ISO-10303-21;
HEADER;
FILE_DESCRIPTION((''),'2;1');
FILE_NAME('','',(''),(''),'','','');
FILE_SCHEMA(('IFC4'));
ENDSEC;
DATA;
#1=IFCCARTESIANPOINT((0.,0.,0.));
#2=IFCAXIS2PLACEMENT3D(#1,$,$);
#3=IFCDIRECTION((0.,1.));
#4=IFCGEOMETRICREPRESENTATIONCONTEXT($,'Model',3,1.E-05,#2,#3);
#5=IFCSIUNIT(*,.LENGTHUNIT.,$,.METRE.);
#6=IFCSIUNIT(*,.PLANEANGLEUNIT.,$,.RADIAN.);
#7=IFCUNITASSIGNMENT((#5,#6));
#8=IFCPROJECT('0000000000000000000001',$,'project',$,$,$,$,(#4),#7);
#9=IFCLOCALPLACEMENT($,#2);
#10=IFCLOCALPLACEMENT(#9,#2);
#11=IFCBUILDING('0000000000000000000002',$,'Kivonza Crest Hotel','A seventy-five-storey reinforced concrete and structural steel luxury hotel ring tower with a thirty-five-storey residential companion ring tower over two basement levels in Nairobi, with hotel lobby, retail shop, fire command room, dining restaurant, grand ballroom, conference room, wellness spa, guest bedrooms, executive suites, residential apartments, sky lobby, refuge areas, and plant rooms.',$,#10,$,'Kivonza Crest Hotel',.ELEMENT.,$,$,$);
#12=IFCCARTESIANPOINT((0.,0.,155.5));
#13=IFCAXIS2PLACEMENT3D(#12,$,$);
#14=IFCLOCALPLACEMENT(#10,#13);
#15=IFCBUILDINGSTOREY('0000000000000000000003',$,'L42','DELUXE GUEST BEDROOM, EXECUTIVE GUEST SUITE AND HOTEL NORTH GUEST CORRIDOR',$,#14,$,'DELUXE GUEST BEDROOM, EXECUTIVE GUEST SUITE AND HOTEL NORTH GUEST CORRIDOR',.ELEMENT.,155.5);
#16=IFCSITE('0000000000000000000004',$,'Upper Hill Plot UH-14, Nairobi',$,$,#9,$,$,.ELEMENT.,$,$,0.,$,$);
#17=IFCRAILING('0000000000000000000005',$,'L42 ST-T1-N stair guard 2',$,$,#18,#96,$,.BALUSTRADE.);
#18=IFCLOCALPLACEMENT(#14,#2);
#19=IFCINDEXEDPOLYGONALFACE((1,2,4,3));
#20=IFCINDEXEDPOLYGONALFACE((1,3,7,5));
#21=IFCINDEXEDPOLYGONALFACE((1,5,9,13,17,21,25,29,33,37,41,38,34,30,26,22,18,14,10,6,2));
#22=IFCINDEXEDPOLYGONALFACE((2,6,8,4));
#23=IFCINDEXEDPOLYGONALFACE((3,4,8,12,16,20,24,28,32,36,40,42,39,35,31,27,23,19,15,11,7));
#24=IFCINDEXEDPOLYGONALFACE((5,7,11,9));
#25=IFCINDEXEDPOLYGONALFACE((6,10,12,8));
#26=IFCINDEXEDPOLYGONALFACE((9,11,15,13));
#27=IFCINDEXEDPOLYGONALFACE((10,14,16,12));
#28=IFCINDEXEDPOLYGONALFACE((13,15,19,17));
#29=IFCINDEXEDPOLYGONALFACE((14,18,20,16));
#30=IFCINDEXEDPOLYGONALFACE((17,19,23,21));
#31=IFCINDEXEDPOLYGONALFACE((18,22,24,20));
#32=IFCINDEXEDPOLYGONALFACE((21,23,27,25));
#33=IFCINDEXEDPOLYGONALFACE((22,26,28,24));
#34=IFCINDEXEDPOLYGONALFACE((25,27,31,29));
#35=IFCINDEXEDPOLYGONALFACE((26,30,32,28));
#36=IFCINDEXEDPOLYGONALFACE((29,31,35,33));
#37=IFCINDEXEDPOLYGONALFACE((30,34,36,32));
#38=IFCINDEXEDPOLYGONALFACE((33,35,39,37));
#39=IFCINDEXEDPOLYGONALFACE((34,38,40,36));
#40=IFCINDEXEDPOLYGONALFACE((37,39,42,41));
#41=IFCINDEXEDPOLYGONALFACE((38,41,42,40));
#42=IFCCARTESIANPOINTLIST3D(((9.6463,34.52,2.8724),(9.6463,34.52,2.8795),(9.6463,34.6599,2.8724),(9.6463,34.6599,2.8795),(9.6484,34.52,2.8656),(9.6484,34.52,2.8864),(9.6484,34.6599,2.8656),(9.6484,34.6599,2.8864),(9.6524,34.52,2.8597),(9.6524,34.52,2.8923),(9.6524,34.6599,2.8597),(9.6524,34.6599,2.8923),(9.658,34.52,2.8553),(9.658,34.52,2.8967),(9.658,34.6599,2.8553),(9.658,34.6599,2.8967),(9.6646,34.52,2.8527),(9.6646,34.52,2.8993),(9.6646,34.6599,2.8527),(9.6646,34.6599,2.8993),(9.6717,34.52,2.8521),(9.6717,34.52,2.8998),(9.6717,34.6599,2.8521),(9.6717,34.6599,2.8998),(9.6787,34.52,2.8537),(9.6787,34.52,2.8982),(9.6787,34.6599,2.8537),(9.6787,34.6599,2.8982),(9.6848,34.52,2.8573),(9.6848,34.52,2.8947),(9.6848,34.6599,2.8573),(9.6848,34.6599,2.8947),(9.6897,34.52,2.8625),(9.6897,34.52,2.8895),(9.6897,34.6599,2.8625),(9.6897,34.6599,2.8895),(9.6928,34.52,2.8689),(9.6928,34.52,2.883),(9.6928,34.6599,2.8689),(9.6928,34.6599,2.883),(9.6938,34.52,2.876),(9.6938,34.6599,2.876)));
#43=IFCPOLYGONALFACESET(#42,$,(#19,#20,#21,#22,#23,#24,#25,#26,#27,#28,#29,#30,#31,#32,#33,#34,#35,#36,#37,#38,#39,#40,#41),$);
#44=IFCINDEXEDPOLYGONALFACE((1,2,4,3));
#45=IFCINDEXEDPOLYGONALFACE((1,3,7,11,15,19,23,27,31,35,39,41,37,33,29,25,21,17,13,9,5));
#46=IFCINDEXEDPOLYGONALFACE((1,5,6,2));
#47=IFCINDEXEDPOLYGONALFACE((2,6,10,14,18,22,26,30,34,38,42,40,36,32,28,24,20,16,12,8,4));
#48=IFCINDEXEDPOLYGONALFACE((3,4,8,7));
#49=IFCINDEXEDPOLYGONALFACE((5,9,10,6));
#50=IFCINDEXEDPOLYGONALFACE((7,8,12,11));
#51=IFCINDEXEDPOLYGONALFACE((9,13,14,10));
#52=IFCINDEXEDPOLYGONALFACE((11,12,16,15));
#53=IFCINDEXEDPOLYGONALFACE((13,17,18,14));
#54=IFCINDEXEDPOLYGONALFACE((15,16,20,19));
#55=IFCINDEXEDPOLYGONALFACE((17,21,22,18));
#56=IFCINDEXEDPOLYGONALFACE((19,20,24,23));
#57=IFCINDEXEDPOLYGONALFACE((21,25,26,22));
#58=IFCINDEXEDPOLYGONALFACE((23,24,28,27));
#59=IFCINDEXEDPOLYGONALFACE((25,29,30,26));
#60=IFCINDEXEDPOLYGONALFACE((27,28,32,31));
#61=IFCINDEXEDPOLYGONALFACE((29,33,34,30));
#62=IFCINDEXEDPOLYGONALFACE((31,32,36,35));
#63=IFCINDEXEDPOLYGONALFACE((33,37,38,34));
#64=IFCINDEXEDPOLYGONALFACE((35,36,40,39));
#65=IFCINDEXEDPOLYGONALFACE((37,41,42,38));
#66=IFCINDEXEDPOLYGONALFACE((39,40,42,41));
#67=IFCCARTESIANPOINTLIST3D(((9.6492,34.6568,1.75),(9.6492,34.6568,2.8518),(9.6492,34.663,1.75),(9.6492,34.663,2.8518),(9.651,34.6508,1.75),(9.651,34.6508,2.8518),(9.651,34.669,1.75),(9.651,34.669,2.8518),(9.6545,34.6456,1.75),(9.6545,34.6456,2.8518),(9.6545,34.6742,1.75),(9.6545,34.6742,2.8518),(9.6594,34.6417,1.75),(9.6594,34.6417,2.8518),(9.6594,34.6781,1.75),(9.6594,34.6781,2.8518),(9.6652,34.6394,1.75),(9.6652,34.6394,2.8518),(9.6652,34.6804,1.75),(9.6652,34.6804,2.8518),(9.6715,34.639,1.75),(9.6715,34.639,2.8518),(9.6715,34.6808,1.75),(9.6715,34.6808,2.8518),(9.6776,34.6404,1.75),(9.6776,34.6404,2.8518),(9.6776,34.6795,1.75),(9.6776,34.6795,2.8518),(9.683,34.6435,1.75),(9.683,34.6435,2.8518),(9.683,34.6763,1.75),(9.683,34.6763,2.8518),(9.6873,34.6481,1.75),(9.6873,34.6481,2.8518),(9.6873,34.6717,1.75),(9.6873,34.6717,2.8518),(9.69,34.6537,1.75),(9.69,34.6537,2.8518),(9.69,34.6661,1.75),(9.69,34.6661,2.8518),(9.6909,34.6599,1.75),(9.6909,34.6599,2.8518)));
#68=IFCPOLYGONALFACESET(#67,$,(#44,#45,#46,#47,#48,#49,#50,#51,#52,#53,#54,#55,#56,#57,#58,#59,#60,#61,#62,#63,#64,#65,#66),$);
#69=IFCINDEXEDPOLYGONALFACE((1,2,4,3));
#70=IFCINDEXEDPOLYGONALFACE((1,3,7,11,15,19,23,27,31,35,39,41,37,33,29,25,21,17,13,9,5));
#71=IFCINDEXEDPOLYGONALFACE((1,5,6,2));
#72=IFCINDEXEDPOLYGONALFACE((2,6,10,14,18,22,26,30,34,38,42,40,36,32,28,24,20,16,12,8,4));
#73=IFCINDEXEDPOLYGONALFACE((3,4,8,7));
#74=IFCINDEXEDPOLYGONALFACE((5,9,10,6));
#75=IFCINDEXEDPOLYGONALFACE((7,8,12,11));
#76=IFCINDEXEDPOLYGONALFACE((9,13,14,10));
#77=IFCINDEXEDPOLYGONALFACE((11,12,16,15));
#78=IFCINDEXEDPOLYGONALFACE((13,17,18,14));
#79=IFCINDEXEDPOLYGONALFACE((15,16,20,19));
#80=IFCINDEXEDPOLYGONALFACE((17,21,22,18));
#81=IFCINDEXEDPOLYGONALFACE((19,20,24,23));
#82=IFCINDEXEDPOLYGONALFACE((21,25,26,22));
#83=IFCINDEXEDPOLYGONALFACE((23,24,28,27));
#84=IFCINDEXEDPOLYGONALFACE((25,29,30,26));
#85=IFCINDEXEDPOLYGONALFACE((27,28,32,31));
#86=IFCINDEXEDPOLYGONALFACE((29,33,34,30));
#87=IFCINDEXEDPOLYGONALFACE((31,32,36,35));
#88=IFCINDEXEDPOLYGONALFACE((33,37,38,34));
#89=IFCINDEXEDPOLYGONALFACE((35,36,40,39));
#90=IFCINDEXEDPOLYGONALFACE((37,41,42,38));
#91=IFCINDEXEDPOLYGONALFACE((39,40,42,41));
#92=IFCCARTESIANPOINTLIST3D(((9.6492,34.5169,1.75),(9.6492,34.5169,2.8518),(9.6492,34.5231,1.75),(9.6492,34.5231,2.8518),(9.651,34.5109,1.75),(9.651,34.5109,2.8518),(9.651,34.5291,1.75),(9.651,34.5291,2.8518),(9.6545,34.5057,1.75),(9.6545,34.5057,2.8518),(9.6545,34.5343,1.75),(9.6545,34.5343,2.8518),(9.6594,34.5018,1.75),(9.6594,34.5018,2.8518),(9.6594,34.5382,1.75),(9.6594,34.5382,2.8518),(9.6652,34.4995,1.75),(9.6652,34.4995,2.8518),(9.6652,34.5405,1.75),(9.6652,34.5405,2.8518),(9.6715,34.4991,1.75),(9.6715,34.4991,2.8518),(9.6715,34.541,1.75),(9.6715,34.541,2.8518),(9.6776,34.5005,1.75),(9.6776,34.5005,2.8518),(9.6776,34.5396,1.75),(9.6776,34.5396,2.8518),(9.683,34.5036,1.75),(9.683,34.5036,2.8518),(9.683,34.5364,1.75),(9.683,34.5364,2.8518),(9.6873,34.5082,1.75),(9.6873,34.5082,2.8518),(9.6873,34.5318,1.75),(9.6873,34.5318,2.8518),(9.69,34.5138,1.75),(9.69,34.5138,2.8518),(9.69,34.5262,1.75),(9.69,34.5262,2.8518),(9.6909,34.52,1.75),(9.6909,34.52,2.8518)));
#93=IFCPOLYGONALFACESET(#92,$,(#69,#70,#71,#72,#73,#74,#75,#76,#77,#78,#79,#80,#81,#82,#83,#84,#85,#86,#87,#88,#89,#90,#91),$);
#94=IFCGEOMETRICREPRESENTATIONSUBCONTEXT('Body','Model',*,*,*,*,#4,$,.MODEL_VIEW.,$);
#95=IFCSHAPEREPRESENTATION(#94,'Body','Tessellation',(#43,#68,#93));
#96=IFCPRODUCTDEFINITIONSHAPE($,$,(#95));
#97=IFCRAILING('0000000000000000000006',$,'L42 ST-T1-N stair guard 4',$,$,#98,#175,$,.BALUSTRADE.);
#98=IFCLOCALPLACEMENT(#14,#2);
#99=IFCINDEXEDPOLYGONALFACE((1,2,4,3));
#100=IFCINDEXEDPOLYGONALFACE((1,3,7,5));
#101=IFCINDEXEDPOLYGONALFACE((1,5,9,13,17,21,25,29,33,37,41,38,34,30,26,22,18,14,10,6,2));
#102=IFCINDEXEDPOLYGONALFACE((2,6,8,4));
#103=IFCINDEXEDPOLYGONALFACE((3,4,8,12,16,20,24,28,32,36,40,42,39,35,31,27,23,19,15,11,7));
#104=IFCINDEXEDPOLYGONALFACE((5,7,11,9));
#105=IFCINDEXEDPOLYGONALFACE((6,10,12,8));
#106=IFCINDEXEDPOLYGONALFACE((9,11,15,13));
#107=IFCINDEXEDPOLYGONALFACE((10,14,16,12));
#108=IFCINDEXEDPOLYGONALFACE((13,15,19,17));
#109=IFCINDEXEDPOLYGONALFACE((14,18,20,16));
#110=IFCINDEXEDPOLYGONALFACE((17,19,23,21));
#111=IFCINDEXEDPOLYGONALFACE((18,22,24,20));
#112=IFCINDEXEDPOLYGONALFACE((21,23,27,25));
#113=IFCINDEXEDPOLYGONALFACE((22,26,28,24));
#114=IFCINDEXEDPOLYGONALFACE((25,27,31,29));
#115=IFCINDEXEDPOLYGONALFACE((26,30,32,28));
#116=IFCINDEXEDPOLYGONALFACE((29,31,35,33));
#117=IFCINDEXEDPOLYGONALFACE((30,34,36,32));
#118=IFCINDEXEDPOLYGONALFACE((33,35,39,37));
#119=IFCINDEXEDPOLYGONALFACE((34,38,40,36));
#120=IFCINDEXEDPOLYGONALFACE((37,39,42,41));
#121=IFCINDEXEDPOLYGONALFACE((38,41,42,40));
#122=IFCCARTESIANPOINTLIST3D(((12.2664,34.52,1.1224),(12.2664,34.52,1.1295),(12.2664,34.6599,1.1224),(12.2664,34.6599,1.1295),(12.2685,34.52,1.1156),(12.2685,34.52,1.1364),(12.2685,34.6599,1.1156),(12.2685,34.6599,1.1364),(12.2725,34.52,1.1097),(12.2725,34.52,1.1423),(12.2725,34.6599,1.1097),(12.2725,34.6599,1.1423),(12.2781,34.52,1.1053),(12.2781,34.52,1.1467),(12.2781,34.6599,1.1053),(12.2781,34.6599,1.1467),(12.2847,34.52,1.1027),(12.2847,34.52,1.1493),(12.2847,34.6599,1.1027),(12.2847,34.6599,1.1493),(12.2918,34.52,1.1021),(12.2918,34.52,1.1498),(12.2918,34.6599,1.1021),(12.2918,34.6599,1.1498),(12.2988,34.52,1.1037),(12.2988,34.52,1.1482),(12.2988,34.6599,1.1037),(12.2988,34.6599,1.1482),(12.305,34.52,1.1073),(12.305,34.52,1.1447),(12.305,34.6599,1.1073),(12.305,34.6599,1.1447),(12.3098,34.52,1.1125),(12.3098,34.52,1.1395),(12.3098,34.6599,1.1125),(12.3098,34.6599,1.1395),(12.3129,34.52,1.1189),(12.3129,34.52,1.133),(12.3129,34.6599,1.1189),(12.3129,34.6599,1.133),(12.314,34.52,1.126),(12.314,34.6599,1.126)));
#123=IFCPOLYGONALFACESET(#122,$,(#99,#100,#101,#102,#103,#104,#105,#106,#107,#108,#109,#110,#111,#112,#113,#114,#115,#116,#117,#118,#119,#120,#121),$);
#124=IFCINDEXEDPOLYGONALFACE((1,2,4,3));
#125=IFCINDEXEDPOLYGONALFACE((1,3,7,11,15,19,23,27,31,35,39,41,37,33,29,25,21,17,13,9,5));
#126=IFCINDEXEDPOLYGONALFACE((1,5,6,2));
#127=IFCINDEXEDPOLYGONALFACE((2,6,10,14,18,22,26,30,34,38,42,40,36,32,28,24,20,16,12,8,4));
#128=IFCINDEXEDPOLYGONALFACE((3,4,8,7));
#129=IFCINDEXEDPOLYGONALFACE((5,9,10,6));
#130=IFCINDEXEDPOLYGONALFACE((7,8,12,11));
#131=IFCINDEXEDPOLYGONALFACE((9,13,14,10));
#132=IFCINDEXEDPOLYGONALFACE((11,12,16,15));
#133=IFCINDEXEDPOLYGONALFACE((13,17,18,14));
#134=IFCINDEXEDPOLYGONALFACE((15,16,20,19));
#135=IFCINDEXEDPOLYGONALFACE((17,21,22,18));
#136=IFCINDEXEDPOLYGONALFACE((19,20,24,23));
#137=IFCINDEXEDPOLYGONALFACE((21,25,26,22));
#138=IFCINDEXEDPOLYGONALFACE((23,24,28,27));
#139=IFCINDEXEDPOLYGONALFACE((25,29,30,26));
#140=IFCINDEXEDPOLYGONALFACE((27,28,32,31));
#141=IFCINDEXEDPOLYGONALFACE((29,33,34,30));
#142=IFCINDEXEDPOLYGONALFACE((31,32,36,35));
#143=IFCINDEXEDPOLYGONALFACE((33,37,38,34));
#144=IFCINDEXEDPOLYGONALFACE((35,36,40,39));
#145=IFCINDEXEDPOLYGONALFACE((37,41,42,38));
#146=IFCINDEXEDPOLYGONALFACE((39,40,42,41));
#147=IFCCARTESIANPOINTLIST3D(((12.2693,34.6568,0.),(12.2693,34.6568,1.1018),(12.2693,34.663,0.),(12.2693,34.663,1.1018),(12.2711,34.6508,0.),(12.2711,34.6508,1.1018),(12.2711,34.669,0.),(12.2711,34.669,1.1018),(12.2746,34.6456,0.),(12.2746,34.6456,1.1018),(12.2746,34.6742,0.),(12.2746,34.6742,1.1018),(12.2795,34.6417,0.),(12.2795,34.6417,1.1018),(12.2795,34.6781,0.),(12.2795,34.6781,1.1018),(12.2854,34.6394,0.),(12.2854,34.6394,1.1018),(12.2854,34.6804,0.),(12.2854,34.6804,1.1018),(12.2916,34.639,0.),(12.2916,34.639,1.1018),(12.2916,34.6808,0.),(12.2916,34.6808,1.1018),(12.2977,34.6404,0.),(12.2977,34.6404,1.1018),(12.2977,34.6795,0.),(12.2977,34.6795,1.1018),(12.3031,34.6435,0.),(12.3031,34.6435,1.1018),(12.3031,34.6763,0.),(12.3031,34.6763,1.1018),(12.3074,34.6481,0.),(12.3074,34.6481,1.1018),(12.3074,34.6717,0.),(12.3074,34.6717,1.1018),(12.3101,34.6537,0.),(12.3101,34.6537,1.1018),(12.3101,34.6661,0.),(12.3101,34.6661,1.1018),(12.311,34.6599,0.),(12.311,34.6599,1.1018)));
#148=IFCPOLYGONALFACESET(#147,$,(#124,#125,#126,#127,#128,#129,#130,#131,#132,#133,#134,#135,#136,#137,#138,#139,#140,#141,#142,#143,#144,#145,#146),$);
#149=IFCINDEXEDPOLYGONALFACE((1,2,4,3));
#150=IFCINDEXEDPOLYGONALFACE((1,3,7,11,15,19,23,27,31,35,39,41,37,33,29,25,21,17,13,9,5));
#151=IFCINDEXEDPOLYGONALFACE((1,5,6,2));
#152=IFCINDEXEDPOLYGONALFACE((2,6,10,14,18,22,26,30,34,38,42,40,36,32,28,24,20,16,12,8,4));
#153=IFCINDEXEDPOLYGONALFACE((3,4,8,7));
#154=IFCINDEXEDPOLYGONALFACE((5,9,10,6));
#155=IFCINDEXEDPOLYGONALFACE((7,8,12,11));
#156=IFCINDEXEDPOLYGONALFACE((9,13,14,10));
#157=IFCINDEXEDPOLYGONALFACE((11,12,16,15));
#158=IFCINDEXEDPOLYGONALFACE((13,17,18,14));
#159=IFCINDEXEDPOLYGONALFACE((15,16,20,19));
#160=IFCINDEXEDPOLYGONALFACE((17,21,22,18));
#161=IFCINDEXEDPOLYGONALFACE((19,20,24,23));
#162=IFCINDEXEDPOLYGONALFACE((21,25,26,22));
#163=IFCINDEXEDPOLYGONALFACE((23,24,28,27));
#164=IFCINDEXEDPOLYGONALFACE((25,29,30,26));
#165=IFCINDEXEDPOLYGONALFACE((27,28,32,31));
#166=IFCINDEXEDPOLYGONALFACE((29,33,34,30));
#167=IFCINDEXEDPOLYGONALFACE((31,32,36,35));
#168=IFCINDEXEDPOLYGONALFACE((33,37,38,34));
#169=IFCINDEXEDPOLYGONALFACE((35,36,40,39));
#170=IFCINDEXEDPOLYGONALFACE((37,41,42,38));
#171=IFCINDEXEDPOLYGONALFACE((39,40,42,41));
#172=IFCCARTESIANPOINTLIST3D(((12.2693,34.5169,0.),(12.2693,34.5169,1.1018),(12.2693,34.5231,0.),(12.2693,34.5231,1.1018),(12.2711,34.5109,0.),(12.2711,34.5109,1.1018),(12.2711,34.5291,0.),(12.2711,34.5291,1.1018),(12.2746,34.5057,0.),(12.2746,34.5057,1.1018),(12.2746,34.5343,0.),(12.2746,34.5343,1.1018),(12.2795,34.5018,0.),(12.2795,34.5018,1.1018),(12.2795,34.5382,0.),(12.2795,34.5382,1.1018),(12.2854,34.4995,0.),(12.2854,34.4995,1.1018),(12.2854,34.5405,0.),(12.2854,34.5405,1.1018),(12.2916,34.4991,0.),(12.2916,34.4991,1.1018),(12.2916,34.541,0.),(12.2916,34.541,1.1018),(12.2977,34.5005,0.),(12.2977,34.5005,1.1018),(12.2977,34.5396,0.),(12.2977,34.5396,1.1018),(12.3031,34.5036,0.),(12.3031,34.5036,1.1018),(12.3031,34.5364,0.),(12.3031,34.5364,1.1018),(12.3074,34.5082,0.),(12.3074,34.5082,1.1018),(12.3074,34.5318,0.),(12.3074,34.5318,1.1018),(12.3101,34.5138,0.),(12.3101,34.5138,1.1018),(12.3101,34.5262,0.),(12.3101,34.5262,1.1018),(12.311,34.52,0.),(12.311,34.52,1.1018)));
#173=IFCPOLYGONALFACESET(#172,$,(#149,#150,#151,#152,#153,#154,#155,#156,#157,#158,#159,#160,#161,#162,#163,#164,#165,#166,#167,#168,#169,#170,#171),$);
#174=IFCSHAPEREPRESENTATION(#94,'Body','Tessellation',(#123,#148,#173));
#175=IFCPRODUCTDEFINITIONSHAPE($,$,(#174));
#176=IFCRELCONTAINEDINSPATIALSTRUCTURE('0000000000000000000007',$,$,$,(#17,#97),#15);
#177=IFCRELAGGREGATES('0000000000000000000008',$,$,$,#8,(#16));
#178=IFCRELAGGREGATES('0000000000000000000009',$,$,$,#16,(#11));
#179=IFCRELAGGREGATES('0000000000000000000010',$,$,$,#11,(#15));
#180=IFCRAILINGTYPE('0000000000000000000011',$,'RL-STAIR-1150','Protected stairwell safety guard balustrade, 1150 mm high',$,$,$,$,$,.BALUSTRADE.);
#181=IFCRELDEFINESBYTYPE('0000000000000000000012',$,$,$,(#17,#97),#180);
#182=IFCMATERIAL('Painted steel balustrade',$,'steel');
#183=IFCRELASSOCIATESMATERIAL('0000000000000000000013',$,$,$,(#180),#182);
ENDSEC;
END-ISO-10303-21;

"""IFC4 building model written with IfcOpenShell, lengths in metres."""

from ifc_helpers import new_model, si_unit, direction, frame, origin, origin_2d, place, context, subcontext, project, spatial, circle, extrude, material, type_object, element, save


model = new_model("IFC4")

# Units and contexts
model_context = context("Model", 3, precision=1e-05, world=origin(), true_north=direction((0.0, 1.0)))
body_context = subcontext(model_context, "Body", "Model", "MODEL_VIEW")
ifc_project = project(units=[si_unit("LENGTHUNIT", "METRE"), si_unit("PLANEANGLEUNIT", "RADIAN")], contexts=[model_context])

# Site, building, storey
site_placement = place(None, origin())
site = spatial("IfcSite", under=ifc_project, at=site_placement, Name="Upper Hill Plot UH-14, Nairobi", CompositionType="ELEMENT", RefElevation=0.0)
building_placement = place(site_placement, origin())
building = spatial("IfcBuilding", under=site, at=building_placement, Name="Kivonza Crest Hotel", Description="A seventy-five-storey reinforced concrete and structural steel luxury hotel ring tower with a thirty-five-storey residential companion ring tower over two basement levels in Nairobi, with hotel lobby, retail shop, fire command room, dining restaurant, grand ballroom, conference room, wellness spa, guest bedrooms, executive suites, residential apartments, sky lobby, refuge areas, and plant rooms.", LongName="Kivonza Crest Hotel", CompositionType="ELEMENT")
storey_placement = place(building_placement, frame((0.0, 0.0, 155.5)))
storey = spatial("IfcBuildingStorey", under=building, at=storey_placement, Name="L42", Description="DELUXE GUEST BEDROOM, EXECUTIVE GUEST SUITE AND HOTEL NORTH GUEST CORRIDOR", LongName="DELUXE GUEST BEDROOM, EXECUTIVE GUEST SUITE AND HOTEL NORTH GUEST CORRIDOR", CompositionType="ELEMENT", Elevation=155.5)

# Railings
ifc_material_1 = material(Name="Painted steel balustrade", Category="steel")
railing_type_1 = type_object("IfcRailingType", Name="RL-STAIR-1150", Description="Protected stairwell safety guard balustrade, 1150 mm high", PredefinedType="BALUSTRADE", material=ifc_material_1)
for number, where, name in (
    (1, (9.6699, 34.6599, 1.75), "L42 ST-T1-N stair guard 2"),
    (2, (12.29, 34.6599, 0.0), "L42 ST-T1-N stair guard 4"),
):
    element("IfcRailing", number, at=place(storey_placement, frame(where)), inside=storey, type_object=railing_type_1, Name=name, PredefinedType="BALUSTRADE", context=body_context, shape_type="SweptSolid", body=[
        extrude(circle(Radius=0.0239, at=origin_2d()), frame((0.0, 0.0, 1.126), z_axis=(0.0, -1.0, 0.0), x_axis=(1.0, 0.0, 0.0)), (0.0, 0.0, 1.0), 0.1399),
        extrude(circle(Radius=0.021, at=origin_2d()), origin(), (0.0, 0.0, 1.0), 1.1018),
        extrude(circle(Radius=0.021, at=origin_2d()), frame((0.0, -0.1399, 0.0)), (0.0, 0.0, 1.0), 1.1018),
    ])

save(model, "model.ifc")
